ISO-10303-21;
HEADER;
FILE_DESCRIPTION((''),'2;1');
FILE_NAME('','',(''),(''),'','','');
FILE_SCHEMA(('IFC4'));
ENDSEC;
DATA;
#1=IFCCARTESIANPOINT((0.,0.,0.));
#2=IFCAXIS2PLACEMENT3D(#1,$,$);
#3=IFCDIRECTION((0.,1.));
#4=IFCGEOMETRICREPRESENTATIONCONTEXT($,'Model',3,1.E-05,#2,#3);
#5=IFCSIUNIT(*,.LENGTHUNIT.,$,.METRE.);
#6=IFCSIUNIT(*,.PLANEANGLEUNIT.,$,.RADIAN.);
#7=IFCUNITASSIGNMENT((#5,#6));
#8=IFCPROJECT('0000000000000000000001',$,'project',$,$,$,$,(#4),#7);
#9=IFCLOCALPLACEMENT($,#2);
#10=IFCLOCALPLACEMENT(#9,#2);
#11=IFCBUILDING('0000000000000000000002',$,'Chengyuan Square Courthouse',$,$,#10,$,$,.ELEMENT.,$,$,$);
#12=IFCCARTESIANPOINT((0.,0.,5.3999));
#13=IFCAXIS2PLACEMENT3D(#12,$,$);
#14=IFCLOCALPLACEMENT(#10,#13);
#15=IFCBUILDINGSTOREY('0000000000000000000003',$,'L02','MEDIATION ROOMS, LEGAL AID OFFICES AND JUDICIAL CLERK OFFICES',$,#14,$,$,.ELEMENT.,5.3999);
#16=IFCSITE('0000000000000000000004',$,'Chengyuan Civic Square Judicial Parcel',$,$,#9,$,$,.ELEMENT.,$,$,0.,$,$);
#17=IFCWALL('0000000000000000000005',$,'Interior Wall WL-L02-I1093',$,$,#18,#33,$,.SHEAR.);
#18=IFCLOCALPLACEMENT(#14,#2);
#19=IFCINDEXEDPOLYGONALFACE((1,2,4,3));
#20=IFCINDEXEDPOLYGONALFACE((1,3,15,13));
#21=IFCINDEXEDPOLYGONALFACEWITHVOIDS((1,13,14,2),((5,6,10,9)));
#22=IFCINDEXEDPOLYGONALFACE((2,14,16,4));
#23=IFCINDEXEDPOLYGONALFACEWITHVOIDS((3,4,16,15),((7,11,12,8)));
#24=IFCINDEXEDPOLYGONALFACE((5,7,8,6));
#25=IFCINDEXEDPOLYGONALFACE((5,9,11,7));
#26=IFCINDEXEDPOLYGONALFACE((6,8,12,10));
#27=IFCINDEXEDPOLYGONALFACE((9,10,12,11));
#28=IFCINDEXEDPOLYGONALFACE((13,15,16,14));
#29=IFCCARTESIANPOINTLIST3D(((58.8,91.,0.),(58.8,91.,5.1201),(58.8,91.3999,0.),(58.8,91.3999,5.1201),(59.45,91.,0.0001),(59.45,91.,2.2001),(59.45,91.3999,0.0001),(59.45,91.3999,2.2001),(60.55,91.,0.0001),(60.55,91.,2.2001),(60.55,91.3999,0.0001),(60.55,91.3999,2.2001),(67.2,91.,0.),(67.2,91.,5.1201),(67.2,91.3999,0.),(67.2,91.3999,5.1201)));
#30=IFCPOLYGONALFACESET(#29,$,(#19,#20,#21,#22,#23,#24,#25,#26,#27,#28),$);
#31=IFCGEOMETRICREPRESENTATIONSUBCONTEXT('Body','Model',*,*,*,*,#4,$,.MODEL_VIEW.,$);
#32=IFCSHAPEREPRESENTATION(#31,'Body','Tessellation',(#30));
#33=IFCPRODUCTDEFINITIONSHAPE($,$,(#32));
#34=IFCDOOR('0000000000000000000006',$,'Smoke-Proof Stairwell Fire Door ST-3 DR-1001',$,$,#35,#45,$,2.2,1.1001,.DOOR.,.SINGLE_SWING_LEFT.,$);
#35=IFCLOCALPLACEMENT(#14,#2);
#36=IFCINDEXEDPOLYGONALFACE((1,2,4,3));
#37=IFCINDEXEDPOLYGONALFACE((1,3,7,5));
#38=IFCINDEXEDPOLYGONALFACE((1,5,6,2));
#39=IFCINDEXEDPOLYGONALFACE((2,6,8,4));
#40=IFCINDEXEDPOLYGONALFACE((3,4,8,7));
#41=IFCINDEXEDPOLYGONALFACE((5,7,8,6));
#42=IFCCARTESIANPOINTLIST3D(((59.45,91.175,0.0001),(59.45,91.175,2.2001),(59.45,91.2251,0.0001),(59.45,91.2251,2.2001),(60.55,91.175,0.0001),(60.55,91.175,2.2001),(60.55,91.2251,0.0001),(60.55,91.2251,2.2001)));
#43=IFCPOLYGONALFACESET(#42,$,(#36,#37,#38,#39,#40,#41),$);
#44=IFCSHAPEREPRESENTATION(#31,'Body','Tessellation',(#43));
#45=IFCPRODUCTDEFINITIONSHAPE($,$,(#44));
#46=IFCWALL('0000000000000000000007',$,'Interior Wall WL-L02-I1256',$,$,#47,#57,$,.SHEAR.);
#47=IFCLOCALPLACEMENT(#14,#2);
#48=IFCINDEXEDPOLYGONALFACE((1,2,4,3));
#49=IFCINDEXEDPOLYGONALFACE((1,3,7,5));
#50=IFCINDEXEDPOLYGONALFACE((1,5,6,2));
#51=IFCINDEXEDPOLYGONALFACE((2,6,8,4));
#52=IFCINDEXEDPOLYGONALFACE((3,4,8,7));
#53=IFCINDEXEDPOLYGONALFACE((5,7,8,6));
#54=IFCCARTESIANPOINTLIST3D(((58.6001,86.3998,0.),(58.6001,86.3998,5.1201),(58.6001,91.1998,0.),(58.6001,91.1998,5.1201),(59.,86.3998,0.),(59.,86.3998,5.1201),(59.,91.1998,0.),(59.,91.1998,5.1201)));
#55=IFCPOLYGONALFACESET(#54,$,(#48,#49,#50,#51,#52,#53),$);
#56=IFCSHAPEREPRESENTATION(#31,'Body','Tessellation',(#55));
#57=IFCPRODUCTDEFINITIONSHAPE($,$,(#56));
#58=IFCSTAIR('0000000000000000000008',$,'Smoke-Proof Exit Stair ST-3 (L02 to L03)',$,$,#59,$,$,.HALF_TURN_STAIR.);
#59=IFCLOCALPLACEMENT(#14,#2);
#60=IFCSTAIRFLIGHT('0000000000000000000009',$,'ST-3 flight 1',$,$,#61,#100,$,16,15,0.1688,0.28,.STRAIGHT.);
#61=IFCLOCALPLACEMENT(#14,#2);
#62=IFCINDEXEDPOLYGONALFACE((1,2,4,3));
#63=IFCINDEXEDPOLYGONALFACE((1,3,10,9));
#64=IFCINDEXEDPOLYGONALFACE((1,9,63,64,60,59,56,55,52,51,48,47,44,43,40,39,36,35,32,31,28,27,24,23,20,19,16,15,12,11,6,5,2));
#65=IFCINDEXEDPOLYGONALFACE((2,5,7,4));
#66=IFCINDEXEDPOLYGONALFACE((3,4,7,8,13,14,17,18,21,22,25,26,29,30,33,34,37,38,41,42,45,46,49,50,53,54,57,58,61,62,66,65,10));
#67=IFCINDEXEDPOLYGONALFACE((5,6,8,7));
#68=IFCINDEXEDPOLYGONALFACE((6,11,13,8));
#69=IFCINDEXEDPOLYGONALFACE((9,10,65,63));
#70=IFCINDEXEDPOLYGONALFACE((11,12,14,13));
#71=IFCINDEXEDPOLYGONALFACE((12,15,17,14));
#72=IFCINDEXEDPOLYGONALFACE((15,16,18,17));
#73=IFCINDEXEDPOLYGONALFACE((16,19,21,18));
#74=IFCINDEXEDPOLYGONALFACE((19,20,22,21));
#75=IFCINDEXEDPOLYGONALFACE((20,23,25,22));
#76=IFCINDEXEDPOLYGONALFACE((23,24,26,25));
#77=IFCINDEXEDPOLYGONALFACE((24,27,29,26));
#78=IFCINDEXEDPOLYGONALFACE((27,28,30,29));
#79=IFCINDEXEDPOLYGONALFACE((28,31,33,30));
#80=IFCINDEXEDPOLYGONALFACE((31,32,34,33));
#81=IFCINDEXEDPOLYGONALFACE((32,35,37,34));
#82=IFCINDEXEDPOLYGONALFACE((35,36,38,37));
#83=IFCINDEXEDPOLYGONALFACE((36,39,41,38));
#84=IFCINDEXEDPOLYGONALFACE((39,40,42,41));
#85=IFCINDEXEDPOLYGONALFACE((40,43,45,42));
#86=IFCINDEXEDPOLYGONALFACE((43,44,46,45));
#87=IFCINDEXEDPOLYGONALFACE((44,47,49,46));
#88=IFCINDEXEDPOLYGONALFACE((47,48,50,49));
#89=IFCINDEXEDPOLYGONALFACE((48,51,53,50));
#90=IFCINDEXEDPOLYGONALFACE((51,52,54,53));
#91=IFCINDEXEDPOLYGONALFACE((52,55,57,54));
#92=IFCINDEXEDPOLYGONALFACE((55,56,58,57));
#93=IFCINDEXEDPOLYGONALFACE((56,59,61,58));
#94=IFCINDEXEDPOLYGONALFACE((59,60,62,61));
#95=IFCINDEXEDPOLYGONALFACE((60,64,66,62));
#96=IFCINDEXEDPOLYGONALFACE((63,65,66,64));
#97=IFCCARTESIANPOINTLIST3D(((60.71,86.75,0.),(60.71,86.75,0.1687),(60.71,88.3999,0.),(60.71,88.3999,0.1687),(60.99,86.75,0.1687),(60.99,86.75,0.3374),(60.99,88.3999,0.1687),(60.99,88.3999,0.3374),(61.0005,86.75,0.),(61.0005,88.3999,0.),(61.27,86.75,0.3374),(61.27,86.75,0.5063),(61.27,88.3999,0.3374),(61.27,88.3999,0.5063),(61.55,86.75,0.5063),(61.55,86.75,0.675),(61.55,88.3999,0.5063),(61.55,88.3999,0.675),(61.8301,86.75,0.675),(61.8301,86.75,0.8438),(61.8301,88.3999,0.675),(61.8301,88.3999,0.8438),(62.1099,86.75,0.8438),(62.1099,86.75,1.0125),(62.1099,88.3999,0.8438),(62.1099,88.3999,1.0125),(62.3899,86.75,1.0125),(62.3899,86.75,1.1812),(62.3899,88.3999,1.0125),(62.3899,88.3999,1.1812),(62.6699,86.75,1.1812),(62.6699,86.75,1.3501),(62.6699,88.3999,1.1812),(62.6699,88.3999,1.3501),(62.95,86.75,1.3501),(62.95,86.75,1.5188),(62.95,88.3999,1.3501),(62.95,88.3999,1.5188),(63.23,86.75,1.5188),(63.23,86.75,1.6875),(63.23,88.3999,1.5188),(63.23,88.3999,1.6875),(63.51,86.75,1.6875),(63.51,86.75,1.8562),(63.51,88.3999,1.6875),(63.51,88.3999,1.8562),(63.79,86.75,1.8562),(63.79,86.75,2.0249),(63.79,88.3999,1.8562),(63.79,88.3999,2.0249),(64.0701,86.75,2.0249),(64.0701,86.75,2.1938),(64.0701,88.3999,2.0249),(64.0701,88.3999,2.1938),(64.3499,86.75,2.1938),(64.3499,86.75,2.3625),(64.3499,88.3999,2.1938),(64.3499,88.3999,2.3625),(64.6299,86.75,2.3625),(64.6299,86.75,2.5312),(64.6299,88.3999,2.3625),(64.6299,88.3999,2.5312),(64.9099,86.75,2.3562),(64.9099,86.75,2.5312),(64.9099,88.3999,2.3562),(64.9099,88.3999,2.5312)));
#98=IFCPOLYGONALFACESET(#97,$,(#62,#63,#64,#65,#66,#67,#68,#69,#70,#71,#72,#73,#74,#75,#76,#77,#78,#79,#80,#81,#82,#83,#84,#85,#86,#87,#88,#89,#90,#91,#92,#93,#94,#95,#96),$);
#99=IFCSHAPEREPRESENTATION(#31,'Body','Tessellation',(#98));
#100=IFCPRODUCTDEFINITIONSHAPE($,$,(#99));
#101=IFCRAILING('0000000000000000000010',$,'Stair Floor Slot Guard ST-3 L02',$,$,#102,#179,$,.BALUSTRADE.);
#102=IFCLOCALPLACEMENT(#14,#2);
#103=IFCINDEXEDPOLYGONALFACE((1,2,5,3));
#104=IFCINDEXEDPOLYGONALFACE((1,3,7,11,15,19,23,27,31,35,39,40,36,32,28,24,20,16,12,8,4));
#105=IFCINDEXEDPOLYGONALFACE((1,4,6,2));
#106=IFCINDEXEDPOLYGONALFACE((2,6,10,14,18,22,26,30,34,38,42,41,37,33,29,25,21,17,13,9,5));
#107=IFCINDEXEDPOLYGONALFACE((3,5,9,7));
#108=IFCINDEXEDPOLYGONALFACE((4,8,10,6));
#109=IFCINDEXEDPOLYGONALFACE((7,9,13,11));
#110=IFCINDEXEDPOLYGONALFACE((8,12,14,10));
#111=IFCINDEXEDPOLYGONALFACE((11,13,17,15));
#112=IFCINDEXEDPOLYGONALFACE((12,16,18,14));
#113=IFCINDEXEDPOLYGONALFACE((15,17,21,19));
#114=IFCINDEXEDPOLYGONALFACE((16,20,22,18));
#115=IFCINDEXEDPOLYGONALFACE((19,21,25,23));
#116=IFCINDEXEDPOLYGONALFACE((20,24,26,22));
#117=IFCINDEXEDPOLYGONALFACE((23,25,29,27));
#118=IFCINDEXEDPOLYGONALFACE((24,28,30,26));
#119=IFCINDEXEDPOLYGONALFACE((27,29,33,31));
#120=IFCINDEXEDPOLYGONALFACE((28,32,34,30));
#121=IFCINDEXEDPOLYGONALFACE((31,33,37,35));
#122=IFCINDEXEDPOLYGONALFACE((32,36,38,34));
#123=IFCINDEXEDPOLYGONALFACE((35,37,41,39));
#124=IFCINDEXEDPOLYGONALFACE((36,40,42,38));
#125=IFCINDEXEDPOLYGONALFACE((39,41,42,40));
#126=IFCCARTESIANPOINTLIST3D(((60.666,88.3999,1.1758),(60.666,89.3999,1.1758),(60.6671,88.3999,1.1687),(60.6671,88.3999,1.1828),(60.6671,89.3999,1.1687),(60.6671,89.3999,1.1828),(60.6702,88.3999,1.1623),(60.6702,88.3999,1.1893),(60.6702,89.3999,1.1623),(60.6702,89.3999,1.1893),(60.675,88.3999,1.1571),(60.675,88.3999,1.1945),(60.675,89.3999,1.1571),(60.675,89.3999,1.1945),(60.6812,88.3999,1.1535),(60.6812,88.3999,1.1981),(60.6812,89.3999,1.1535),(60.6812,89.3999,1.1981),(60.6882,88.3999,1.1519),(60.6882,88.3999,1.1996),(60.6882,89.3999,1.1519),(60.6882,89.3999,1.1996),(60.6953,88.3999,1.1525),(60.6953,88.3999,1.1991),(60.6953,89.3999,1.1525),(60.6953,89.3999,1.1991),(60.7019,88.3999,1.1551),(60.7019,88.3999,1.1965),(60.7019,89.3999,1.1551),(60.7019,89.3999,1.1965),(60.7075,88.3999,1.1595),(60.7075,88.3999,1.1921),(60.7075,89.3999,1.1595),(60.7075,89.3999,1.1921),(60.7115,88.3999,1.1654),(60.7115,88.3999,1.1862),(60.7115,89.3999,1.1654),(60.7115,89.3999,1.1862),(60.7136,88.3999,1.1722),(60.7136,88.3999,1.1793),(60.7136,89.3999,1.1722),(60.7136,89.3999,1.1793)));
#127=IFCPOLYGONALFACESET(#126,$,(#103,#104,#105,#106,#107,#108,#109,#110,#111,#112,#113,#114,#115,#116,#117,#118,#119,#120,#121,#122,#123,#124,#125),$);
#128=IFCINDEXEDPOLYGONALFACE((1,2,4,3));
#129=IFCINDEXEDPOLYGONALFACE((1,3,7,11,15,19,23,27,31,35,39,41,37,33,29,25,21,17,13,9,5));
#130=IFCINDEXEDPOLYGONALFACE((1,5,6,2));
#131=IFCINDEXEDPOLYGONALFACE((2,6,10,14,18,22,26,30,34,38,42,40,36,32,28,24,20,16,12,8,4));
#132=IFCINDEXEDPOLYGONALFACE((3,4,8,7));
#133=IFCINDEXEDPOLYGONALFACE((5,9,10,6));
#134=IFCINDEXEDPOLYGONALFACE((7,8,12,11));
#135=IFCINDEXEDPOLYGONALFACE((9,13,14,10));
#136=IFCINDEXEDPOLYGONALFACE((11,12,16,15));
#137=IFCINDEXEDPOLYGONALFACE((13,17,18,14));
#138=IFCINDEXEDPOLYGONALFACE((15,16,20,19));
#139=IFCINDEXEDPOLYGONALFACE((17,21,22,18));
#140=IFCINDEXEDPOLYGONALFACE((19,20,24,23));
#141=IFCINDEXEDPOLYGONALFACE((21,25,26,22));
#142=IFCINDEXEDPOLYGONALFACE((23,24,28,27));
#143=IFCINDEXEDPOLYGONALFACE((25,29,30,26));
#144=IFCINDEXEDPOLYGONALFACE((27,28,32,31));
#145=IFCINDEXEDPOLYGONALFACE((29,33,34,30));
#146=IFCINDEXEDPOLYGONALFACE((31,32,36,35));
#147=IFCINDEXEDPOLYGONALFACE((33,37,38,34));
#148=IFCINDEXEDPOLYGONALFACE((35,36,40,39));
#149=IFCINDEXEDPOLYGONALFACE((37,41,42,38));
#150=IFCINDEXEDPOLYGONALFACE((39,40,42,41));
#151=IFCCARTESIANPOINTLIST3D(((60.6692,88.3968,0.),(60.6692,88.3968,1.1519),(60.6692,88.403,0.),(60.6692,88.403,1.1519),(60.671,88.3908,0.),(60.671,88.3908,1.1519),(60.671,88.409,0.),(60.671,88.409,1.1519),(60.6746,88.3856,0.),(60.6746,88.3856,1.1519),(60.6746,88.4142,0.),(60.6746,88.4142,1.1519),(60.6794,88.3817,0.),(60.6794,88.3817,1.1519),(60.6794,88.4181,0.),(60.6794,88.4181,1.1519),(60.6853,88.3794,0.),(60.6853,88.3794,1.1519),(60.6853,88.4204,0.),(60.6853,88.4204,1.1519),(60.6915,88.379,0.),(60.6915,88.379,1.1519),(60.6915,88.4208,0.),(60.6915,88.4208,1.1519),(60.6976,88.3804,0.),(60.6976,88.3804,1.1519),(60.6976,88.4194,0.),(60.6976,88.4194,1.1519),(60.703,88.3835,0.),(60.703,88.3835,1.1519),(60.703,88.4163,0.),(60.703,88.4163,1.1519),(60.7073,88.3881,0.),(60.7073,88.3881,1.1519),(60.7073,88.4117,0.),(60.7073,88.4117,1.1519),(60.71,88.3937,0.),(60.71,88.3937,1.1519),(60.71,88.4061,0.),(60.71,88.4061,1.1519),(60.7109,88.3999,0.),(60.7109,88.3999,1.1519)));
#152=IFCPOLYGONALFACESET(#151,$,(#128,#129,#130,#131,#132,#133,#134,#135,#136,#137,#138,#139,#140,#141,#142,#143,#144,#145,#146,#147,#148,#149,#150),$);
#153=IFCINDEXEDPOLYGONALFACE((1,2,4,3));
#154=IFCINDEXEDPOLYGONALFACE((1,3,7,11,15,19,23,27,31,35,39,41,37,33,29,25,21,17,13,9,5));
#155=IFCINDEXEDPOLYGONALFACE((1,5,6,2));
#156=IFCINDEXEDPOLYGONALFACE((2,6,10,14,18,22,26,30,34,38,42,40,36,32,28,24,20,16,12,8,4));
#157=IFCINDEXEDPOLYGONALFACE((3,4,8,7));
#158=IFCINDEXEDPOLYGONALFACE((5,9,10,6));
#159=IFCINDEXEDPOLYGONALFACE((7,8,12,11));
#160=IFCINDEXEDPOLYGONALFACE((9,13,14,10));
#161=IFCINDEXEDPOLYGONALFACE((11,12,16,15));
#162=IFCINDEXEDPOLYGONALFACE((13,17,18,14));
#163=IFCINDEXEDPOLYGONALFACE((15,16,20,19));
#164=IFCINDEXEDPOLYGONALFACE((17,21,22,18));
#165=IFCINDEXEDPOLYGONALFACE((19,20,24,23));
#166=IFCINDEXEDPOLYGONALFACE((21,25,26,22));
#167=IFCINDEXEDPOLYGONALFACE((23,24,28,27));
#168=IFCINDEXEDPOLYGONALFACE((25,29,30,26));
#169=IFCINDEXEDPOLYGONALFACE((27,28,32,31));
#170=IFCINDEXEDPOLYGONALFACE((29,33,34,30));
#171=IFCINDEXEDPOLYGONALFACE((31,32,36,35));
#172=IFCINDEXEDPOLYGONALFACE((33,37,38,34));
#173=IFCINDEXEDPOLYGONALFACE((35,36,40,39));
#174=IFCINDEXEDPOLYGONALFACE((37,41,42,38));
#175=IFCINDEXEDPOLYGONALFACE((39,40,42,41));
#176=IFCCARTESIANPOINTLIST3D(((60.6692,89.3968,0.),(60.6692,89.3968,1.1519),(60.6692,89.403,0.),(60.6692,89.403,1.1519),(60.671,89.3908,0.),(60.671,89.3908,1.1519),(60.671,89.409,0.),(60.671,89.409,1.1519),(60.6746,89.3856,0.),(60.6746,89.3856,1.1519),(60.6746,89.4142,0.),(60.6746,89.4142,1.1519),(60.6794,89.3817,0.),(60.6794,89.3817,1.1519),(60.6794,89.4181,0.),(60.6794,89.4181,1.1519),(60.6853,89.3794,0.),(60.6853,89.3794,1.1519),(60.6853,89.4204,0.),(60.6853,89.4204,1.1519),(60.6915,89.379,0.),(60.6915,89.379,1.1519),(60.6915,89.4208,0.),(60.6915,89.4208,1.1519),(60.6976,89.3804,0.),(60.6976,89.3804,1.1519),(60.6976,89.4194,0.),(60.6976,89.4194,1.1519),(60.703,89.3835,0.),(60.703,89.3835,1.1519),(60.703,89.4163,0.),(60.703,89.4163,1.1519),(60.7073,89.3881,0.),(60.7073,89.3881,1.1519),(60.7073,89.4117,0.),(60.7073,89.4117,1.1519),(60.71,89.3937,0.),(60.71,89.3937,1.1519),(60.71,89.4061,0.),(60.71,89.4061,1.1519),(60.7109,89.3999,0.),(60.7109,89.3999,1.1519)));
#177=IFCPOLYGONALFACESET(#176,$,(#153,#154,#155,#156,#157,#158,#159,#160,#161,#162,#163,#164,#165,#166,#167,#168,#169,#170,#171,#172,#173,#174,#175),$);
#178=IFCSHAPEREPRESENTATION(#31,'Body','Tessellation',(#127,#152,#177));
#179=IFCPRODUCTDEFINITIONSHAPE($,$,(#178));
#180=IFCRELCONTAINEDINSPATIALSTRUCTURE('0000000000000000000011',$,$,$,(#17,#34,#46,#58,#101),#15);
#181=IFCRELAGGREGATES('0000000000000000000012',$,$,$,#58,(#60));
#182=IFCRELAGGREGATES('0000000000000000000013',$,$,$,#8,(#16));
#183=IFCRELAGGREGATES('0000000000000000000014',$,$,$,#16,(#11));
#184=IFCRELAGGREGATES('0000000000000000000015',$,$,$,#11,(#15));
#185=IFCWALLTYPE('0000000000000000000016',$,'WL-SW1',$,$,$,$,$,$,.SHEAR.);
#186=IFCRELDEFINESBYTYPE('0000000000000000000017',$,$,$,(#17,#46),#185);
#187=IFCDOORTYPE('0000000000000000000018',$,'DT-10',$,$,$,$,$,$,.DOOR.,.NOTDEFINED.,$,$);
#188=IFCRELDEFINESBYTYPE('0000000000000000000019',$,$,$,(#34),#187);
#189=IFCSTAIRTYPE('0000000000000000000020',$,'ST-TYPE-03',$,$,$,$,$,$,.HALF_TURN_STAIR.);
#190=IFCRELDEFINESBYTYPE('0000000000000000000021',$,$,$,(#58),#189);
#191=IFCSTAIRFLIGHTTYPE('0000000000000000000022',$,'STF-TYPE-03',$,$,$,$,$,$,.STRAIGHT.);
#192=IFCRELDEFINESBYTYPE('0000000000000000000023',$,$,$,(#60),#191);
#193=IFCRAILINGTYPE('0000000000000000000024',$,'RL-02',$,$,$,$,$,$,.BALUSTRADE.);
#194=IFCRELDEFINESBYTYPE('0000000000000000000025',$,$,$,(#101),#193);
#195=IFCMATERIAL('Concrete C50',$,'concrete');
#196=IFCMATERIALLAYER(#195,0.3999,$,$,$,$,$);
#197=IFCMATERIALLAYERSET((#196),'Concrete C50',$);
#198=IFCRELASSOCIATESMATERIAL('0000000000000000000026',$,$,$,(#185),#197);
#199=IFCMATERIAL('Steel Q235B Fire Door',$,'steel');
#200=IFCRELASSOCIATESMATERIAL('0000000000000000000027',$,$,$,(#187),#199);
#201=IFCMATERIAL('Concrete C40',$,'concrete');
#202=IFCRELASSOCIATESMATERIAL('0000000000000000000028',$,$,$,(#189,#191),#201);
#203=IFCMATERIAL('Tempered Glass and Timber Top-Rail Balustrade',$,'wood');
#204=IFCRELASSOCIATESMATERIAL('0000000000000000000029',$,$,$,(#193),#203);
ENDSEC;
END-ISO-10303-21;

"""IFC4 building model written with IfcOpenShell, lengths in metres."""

from ifc_helpers import new_model, si_unit, direction, frame, frame_2d, origin, origin_2d, place, context, subcontext, project, spatial, polyline, rectangle, circle, outline, extrude, material, layer, layer_set, type_object, element, fill, aggregate, save


model = new_model("IFC4")

# Units and contexts
model_context = context("Model", 3, precision=1e-05, world=origin(), true_north=direction((0.0, 1.0)))
body_context = subcontext(model_context, "Body", "Model", "MODEL_VIEW")
ifc_project = project(units=[si_unit("LENGTHUNIT", "METRE"), si_unit("PLANEANGLEUNIT", "RADIAN")], contexts=[model_context])

# Site, building, storey
site_placement = place(None, origin())
site = spatial("IfcSite", under=ifc_project, at=site_placement, Name="Chengyuan Civic Square Judicial Parcel", CompositionType="ELEMENT", RefElevation=0.0)
building_placement = place(site_placement, origin())
building = spatial("IfcBuilding", under=site, at=building_placement, Name="Chengyuan Square Courthouse", CompositionType="ELEMENT")
storey_placement = place(building_placement, frame((0.0, 0.0, 5.3999)))
storey = spatial("IfcBuildingStorey", under=building, at=storey_placement, Name="L02", Description="MEDIATION ROOMS, LEGAL AID OFFICES AND JUDICIAL CLERK OFFICES", CompositionType="ELEMENT", Elevation=5.3999)

# Shared definitions
ifc_material_1 = material(Name="Concrete C50", Category="concrete")

# Shared definitions
ifc_material_2 = material(Name="Concrete C40", Category="concrete")

# Shared definitions
ifc_material_3 = material(Name="Steel Q235B Fire Door", Category="steel")

# Shared definitions
ifc_layer_1 = layer(ifc_material_1, 0.3999)
ifc_layer_set_1 = layer_set([ifc_layer_1], Name="Concrete C50")
wall_type_1 = type_object("IfcWallType", Name="WL-SW1", PredefinedType="SHEAR", material=ifc_layer_set_1)

# Wall, opening, door
wall_1_placement = place(storey_placement, frame((58.8, 91.2, 0.0), z_axis=(0.0, 0.0, 1.0), x_axis=(1.0, 0.0, 0.0)))
wall_1 = element("IfcWall", 1, at=wall_1_placement, inside=storey, type_object=wall_type_1, Name="Interior Wall WL-L02-I1093", PredefinedType="SHEAR", context=body_context, shape_type="SweptSolid", body=[
    extrude(rectangle(XDim=8.3999, YDim=0.3999, at=frame_2d((4.2, 0.0))), origin(), (0.0, 0.0, 1.0), 5.1201),
])
opening_1_placement = place(wall_1_placement, frame((0.6499, 0.0, 0.0)))
opening_1 = element("IfcOpeningElement", 2, at=opening_1_placement, cuts=wall_1, PredefinedType="OPENING", context=body_context, shape_type="SweptSolid", body=[
    extrude(rectangle(XDim=1.1001, YDim=2.2, at=frame_2d((0.55, 1.1001))), frame((0.0, 0.2119, 0.0), z_axis=(0.0, -1.0, 0.0), x_axis=(1.0, 0.0, 0.0)), (0.0, 0.0, 1.0), 0.4238),
])
door_type_1 = type_object("IfcDoorType", Name="DT-10", OperationType="NOTDEFINED", PredefinedType="DOOR", material=ifc_material_3)
door_1_placement = place(opening_1_placement, frame((1.1001, 0.0, 0.0), z_axis=(0.0, 0.0, 1.0), x_axis=(-1.0, 0.0, 0.0)))
door_1 = element("IfcDoor", 3, at=door_1_placement, inside=storey, type_object=door_type_1, Name="Smoke-Proof Stairwell Fire Door ST-3 DR-1001", OperationType="SINGLE_SWING_LEFT", OverallHeight=2.2, OverallWidth=1.1001, PredefinedType="DOOR", context=body_context, shape_type="SweptSolid", body=[
    extrude(rectangle(XDim=1.1001, YDim=2.2, at=frame_2d((0.55, 1.1001))), frame((0.0, 0.0249, 0.0), z_axis=(0.0, -1.0, 0.0), x_axis=(1.0, 0.0, 0.0)), (0.0, 0.0, 1.0), 0.05),
])
fill(opening_1, door_1)

# Wall
wall_2_placement = place(storey_placement, frame((58.8, 86.3999, 0.0), z_axis=(0.0, 0.0, 1.0), x_axis=(0.0, 1.0, 0.0)))
element("IfcWall", 4, at=wall_2_placement, inside=storey, type_object=wall_type_1, Name="Interior Wall WL-L02-I1256", PredefinedType="SHEAR", context=body_context, shape_type="SweptSolid", body=[
    extrude(rectangle(XDim=4.8, YDim=0.3999, at=frame_2d((2.3999, 0.0))), origin(), (0.0, 0.0, 1.0), 5.1201),
])

# Stair, stair flight
stair_type = type_object("IfcStairType", Name="ST-TYPE-03", PredefinedType="HALF_TURN_STAIR", material=ifc_material_2)
stair_placement = place(storey_placement, origin())
stair = element("IfcStair", 5, at=stair_placement, inside=storey, type_object=stair_type, Name="Smoke-Proof Exit Stair ST-3 (L02 to L03)", PredefinedType="HALF_TURN_STAIR")
stair_flight_type = type_object("IfcStairFlightType", Name="STF-TYPE-03", PredefinedType="STRAIGHT", material=ifc_material_2)
stair_flight_placement = place(storey_placement, frame((60.71, 87.575, 0.0), z_axis=(0.0, 0.0, 1.0), x_axis=(1.0, 0.0, 0.0)))
stair_flight = element("IfcStairFlight", 6, at=stair_flight_placement, type_object=stair_flight_type, Name="ST-3 flight 1", NumberOfRisers=16, NumberOfTreads=15, PredefinedType="STRAIGHT", RiserHeight=0.1688, TreadLength=0.28, context=body_context, shape_type="SweptSolid", body=[
    extrude(outline(polyline([(0.0, 0.0), (0.0, 0.1687), (0.28, 0.1687), (0.28, 0.3374), (0.5601, 0.3374), (0.5601, 0.5063), (0.8401, 0.5063), (0.8401, 0.675), (1.1201, 0.675), (1.1201, 0.8438), (1.3999, 0.8438), (1.3999, 1.0125), (1.6799, 1.0125), (1.6799, 1.1812), (1.96, 1.1812), (1.96, 1.3501), (2.24, 1.3501), (2.24, 1.5188), (2.52, 1.5188), (2.52, 1.6875), (2.8, 1.6875), (2.8, 1.8562), (3.0801, 1.8562), (3.0801, 2.0249), (3.3601, 2.0249), (3.3601, 2.1938), (3.6399, 2.1938), (3.6399, 2.3625), (3.9199, 2.3625), (3.9199, 2.5312), (4.2, 2.5312), (4.2, 2.7), (4.2, 2.3562), (0.2905, 0.0), (0.0, 0.0)])), frame((0.0, 0.825, 0.0), z_axis=(0.0, -1.0, 0.0), x_axis=(1.0, 0.0, 0.0)), (0.0, 0.0, 1.0), 1.6499),
])
aggregate(stair, [stair_flight])

# Railing
ifc_material_4 = material(Name="Tempered Glass and Timber Top-Rail Balustrade", Category="wood")
railing_type_1 = type_object("IfcRailingType", Name="RL-02", PredefinedType="BALUSTRADE", material=ifc_material_4)
for number, where, name in (
    (7, (60.6899, 88.3999, 0.0), "Stair Floor Slot Guard ST-3 L02"),
):
    element("IfcRailing", number, at=place(storey_placement, frame(where)), inside=storey, type_object=railing_type_1, Name=name, PredefinedType="BALUSTRADE", context=body_context, shape_type="SweptSolid", body=[
        extrude(circle(Radius=0.0239, at=origin_2d()), frame((0.0, 0.0, 1.1758), z_axis=(0.0, 1.0, 0.0), x_axis=(-1.0, 0.0, 0.0)), (0.0, 0.0, 1.0), 1.0),
        extrude(circle(Radius=0.021, at=origin_2d()), origin(), (0.0, 0.0, 1.0), 1.1519),
        extrude(circle(Radius=0.021, at=origin_2d()), frame((0.0, 1.0, 0.0)), (0.0, 0.0, 1.0), 1.1519),
    ])

save(model, "model.ifc")
